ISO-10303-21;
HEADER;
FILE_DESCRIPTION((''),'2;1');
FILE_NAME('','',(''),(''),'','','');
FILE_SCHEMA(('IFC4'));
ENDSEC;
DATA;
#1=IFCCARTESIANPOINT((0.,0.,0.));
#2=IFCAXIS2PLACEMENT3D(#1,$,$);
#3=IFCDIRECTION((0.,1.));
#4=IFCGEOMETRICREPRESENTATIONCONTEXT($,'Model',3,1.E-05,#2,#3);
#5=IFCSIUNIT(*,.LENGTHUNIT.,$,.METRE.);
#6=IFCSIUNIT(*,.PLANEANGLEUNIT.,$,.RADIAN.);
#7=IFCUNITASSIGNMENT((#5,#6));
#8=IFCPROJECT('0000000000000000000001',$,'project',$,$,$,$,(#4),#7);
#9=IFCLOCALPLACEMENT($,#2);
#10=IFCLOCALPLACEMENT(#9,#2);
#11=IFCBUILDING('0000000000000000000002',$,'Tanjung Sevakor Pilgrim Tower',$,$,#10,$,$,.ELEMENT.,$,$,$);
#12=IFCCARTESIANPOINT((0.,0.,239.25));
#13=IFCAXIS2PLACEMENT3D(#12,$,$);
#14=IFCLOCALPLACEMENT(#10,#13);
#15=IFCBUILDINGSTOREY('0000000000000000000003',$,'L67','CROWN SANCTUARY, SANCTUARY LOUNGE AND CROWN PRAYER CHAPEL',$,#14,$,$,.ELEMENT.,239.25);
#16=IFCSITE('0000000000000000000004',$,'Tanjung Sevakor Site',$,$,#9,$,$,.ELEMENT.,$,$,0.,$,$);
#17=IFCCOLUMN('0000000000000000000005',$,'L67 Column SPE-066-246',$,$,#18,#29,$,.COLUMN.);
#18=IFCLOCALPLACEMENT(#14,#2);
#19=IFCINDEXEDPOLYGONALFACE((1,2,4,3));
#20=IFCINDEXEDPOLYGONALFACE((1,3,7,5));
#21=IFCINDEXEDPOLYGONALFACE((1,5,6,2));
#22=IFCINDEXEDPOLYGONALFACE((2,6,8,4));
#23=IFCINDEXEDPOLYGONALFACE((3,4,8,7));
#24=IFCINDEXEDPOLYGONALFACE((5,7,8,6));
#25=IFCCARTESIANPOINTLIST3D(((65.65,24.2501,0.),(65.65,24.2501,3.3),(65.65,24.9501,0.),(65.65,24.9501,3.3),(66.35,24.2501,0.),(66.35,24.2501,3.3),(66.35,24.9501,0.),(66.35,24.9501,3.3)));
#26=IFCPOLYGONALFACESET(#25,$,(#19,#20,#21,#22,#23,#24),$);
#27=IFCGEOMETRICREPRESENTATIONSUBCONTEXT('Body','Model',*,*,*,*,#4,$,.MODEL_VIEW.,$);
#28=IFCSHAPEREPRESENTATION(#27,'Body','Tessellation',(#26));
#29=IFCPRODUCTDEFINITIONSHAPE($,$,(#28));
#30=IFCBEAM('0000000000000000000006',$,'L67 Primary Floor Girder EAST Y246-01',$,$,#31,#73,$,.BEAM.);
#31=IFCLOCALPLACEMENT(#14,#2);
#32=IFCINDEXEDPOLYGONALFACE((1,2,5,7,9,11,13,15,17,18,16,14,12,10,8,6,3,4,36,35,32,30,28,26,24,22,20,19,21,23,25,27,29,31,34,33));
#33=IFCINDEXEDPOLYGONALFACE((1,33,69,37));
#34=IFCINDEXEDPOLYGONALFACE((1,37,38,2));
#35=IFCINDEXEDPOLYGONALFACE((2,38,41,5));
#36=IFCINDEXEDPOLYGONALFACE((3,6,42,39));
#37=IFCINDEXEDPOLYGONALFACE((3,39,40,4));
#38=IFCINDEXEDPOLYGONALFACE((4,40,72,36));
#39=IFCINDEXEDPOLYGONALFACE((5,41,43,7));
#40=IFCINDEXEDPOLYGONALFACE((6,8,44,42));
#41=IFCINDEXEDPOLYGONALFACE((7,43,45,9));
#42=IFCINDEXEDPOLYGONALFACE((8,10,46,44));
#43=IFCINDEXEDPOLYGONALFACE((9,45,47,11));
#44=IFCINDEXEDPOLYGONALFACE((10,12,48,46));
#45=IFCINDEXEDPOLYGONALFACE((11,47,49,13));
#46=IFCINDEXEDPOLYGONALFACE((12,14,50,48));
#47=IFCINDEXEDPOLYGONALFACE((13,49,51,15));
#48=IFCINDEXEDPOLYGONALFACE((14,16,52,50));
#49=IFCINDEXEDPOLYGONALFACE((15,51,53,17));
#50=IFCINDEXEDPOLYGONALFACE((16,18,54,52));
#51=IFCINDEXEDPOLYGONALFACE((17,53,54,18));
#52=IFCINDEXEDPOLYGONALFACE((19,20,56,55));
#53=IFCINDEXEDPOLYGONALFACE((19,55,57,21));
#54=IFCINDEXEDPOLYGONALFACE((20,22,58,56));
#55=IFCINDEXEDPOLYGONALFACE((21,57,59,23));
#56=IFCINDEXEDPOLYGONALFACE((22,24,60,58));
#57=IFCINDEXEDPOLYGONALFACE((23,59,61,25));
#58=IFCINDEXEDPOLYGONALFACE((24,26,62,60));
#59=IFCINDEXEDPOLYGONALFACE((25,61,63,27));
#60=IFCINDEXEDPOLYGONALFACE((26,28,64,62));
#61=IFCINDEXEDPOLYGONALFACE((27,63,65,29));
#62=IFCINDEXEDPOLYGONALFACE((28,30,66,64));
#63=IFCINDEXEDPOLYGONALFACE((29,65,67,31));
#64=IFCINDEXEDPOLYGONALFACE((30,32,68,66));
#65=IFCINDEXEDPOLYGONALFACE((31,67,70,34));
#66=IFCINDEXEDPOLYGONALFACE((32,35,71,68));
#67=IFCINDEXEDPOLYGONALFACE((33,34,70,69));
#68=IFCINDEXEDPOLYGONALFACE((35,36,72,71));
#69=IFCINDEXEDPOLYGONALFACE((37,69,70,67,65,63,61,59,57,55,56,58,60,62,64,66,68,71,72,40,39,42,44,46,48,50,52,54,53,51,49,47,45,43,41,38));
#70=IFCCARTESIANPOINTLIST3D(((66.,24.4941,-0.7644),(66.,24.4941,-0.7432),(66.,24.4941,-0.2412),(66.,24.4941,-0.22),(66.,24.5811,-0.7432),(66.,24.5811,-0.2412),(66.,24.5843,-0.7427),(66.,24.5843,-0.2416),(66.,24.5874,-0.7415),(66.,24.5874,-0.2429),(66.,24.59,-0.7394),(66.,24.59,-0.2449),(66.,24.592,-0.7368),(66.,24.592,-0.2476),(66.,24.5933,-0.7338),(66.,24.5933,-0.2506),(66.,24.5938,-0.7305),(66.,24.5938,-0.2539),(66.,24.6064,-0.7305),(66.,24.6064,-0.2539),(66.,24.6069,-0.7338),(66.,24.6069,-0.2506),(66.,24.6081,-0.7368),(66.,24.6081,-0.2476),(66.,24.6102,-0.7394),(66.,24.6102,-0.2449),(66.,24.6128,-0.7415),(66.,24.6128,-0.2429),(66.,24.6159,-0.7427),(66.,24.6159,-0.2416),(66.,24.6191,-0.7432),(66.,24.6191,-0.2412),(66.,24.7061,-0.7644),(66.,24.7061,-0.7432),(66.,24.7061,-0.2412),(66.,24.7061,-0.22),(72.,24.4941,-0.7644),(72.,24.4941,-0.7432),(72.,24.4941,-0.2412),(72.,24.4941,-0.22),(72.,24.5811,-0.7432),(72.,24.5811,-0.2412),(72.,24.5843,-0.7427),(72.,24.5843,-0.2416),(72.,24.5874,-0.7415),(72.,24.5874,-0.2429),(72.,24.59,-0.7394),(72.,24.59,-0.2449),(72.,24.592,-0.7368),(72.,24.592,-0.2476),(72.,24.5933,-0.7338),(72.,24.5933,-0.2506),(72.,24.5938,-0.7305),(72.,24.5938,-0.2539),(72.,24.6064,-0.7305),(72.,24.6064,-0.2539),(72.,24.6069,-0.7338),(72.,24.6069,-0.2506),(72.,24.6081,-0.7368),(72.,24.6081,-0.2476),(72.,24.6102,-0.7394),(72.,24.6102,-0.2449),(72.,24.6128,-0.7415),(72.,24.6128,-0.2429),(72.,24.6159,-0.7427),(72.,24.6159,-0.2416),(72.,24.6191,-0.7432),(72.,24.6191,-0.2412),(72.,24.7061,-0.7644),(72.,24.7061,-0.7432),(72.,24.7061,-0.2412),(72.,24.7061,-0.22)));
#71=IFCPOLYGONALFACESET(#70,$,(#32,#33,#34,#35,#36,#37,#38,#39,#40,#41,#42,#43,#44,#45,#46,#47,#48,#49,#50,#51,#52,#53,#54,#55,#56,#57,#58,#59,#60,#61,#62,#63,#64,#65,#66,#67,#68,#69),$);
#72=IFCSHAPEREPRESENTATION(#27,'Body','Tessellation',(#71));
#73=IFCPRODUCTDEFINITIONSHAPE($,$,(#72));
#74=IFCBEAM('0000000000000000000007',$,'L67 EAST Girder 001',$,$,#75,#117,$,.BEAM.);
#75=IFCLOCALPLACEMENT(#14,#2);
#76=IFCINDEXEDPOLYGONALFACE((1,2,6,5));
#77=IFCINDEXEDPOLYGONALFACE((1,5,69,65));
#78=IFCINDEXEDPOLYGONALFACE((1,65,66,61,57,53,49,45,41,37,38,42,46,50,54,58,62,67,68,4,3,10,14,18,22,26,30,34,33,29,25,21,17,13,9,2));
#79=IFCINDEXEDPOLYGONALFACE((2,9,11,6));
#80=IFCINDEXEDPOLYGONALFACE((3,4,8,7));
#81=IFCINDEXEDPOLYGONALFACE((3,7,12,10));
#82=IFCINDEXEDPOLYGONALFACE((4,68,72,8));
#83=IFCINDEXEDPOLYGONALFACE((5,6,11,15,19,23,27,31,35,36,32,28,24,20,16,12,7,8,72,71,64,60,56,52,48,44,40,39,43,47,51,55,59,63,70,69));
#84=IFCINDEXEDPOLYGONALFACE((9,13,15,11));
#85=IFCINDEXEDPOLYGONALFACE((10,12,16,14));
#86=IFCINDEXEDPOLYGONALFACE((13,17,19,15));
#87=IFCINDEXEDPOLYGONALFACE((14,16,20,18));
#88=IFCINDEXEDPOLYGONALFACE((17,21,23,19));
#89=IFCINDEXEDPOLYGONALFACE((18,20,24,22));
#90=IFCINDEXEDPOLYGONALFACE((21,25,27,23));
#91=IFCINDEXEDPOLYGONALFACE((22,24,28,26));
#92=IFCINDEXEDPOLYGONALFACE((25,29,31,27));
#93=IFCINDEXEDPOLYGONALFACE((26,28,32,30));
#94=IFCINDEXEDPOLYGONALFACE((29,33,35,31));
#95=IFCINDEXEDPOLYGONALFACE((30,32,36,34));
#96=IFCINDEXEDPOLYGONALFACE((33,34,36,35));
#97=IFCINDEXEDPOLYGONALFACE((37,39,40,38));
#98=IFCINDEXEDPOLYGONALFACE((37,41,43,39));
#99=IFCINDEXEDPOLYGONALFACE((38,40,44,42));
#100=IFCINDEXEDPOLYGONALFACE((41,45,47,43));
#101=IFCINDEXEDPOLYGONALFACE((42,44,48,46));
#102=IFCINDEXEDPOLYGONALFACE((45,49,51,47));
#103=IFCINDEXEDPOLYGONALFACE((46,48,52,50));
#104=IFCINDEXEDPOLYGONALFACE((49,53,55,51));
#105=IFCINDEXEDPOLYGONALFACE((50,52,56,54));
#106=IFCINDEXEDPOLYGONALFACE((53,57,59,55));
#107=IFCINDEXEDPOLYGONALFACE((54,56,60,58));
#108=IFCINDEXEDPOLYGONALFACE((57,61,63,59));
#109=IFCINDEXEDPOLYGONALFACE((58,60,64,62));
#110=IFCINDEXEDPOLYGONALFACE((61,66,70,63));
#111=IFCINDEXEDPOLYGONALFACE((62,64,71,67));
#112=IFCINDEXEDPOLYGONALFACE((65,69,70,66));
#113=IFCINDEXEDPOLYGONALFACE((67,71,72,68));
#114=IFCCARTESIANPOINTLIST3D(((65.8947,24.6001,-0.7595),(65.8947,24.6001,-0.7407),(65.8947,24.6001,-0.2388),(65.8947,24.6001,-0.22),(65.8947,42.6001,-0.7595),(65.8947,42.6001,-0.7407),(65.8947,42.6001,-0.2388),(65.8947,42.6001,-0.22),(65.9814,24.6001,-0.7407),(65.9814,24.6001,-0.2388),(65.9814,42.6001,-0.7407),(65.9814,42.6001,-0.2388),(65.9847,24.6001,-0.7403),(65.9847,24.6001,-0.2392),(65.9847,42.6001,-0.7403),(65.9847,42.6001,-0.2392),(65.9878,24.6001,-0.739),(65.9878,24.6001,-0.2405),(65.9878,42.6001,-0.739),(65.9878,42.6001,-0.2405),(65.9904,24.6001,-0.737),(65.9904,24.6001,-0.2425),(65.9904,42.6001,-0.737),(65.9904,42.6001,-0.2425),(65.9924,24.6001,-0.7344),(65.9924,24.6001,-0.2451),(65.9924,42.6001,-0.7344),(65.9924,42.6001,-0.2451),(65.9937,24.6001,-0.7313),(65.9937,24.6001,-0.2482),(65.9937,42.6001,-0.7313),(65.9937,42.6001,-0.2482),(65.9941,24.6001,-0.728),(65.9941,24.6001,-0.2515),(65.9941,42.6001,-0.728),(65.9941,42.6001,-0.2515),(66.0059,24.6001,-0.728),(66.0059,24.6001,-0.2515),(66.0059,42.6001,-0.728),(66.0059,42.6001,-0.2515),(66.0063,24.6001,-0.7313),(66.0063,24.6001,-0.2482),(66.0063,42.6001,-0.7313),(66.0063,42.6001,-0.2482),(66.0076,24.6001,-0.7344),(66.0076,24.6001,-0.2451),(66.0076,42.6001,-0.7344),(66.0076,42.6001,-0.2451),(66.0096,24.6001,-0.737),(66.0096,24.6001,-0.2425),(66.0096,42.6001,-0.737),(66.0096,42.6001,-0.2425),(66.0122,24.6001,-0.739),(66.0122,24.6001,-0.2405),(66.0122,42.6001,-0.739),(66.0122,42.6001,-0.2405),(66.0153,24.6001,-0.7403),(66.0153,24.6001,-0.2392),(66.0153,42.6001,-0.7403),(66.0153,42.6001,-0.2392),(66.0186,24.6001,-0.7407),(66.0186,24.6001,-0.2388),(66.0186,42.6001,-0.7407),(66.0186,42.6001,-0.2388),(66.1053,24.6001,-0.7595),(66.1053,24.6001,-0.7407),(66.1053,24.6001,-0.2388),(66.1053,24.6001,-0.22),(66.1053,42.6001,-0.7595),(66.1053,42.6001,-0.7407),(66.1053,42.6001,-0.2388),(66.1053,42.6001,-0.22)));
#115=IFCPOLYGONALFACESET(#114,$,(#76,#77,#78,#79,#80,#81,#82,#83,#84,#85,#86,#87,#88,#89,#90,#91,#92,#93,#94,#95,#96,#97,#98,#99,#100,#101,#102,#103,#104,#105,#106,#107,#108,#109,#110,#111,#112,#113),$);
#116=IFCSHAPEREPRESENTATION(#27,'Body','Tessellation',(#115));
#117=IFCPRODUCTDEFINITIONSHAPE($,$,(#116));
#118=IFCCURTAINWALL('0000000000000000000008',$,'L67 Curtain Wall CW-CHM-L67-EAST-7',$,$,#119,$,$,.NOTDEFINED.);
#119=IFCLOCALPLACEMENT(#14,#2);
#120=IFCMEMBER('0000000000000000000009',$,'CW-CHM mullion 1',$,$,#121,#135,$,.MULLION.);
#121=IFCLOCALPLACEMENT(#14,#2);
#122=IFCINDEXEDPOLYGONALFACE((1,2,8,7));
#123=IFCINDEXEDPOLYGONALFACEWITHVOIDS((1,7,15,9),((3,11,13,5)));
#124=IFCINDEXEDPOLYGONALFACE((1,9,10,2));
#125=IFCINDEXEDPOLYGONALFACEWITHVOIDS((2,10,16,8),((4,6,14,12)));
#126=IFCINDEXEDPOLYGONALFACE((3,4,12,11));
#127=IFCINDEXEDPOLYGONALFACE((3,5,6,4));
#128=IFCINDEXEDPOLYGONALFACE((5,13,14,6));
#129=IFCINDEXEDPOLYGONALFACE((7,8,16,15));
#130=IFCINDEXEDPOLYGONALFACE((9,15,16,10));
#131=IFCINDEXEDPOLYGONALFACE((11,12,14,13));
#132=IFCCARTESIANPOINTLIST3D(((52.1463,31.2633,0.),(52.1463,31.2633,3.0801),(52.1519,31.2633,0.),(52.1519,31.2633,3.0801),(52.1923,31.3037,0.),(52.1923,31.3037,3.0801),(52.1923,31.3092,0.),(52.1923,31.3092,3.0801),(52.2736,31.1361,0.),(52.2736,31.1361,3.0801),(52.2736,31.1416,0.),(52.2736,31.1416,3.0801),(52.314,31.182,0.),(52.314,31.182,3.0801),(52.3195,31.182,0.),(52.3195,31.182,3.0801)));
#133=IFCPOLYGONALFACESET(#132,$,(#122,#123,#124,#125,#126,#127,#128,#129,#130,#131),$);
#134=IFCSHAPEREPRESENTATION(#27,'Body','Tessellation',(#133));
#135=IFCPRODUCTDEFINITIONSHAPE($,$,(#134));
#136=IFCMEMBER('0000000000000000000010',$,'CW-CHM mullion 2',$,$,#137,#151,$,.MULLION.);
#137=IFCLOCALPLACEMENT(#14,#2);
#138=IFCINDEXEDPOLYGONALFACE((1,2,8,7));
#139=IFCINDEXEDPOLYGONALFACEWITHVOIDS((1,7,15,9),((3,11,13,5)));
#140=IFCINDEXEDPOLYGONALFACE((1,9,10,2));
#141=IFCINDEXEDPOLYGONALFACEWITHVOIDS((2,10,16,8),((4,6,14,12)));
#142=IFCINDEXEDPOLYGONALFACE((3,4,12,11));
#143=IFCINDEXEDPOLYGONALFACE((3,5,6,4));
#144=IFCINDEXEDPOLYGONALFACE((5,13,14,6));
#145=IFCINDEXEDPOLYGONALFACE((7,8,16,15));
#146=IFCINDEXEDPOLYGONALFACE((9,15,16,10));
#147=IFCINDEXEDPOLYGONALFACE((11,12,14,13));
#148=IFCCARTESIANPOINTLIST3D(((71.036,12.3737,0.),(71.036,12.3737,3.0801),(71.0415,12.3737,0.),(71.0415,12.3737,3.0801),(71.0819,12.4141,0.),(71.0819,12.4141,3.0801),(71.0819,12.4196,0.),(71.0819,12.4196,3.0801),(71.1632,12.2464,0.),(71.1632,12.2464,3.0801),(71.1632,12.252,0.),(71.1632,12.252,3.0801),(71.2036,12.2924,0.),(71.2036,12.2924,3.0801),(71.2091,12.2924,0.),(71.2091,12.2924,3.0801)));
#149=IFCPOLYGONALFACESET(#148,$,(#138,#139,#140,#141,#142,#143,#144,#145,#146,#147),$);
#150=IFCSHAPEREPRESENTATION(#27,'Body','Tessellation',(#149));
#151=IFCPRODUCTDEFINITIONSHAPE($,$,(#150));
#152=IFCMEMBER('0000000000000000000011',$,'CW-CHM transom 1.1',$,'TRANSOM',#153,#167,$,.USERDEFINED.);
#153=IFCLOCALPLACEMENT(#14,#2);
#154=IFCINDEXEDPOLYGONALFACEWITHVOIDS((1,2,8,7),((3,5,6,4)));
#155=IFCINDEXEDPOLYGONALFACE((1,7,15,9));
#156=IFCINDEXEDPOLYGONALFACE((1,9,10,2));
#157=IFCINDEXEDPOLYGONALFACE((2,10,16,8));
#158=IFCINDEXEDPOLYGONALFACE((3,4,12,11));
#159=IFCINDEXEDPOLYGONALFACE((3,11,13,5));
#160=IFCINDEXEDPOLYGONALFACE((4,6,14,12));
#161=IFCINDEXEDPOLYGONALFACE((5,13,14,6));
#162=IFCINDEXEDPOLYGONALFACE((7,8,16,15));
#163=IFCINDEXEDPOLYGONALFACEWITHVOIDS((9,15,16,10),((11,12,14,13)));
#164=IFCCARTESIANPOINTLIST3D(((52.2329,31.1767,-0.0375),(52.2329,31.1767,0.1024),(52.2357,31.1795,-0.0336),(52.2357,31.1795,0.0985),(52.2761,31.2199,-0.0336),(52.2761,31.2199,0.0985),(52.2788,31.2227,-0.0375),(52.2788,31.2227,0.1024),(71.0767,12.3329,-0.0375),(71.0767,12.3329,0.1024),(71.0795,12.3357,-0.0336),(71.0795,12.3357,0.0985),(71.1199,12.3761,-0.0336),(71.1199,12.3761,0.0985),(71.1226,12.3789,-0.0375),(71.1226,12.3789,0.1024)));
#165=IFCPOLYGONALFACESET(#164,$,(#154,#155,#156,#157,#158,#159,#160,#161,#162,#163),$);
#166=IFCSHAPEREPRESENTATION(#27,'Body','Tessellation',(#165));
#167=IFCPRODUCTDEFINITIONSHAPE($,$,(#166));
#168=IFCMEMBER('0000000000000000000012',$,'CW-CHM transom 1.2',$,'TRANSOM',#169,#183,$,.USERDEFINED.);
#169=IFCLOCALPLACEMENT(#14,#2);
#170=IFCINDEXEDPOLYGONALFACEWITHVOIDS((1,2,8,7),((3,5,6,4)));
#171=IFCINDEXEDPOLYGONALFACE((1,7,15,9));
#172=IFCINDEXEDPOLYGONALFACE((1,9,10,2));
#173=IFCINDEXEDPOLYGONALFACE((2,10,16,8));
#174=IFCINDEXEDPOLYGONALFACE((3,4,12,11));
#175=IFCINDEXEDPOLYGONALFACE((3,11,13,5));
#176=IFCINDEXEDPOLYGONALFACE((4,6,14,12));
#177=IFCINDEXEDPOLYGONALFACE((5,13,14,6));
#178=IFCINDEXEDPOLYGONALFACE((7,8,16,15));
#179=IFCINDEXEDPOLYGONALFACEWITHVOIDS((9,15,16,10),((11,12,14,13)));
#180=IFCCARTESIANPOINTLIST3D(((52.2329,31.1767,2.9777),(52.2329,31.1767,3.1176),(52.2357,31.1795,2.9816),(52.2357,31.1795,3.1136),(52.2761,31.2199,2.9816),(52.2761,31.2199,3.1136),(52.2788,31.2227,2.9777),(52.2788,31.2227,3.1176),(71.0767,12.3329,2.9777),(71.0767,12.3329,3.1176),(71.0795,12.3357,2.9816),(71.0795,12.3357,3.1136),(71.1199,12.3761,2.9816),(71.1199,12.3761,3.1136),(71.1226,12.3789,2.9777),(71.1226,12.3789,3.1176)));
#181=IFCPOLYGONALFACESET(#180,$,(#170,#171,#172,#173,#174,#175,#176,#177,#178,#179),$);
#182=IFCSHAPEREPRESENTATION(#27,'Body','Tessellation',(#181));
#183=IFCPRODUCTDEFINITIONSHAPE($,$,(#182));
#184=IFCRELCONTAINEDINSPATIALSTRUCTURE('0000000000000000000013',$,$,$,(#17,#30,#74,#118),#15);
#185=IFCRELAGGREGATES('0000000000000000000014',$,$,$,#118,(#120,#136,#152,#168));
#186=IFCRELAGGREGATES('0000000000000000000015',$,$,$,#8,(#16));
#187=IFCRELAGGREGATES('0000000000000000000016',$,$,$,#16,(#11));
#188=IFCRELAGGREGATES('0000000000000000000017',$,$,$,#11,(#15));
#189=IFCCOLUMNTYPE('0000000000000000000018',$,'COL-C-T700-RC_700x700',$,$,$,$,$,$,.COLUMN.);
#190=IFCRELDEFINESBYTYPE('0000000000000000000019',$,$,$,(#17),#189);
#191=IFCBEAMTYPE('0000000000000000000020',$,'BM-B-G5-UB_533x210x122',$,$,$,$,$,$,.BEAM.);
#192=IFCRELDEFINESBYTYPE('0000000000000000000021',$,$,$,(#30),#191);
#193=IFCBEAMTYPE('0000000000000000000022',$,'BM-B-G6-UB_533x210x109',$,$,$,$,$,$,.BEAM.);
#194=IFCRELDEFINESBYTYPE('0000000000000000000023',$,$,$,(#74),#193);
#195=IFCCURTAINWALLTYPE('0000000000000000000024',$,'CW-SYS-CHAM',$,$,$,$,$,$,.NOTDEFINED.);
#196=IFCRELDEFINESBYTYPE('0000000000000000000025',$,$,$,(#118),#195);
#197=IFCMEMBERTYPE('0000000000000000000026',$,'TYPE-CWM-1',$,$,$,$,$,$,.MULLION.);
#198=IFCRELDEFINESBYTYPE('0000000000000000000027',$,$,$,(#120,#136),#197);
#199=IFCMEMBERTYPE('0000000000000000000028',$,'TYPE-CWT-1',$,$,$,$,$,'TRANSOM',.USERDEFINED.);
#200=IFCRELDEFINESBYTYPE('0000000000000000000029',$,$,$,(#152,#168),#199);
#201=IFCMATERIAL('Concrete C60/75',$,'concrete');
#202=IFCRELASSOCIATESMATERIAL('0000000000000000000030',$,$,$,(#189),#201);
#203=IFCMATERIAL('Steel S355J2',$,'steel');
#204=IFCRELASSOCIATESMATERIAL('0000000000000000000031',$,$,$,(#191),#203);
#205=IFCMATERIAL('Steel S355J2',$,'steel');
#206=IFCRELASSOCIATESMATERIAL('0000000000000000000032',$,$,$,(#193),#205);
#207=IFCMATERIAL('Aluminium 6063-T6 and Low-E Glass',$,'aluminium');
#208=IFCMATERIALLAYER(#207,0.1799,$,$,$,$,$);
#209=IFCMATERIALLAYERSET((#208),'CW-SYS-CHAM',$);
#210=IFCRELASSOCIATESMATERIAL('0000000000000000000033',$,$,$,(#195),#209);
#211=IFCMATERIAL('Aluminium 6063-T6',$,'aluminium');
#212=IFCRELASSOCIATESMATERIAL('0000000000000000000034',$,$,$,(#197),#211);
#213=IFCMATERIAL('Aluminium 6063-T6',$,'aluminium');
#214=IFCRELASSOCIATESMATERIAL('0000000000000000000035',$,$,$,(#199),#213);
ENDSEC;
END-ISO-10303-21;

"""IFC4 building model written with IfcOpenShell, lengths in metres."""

from ifc_helpers import new_model, si_unit, direction, frame, origin, origin_2d, place, context, subcontext, project, spatial, rectangle, hollow_rectangle, i_section, extrude, material, layer, layer_set, material_profile, profile_set, type_object, element, aggregate, save


model = new_model("IFC4")

# Units and contexts
model_context = context("Model", 3, precision=1e-05, world=origin(), true_north=direction((0.0, 1.0)))
body_context = subcontext(model_context, "Body", "Model", "MODEL_VIEW")
ifc_project = project(units=[si_unit("LENGTHUNIT", "METRE"), si_unit("PLANEANGLEUNIT", "RADIAN")], contexts=[model_context])

# Site, building, storey
site_placement = place(None, origin())
site = spatial("IfcSite", under=ifc_project, at=site_placement, Name="Tanjung Sevakor Site", CompositionType="ELEMENT", RefElevation=0.0)
building_placement = place(site_placement, origin())
building = spatial("IfcBuilding", under=site, at=building_placement, Name="Tanjung Sevakor Pilgrim Tower", CompositionType="ELEMENT")
storey_placement = place(building_placement, frame((0.0, 0.0, 239.25)))
storey = spatial("IfcBuildingStorey", under=building, at=storey_placement, Name="L67", Description="CROWN SANCTUARY, SANCTUARY LOUNGE AND CROWN PRAYER CHAPEL", CompositionType="ELEMENT", Elevation=239.25)

# Column
ifc_material_1 = material(Name="Concrete C60/75", Category="concrete")
ifc_material_profile_1 = material_profile(ifc_material_1, rectangle(XDim=0.7, YDim=0.7, at=origin_2d()))
ifc_profile_set_1 = profile_set([ifc_material_profile_1], Name="Concrete C60/75")
column_type = type_object("IfcColumnType", Name="COL-C-T700-RC_700x700", PredefinedType="COLUMN", material=ifc_profile_set_1)
column_placement = place(storey_placement, frame((66.0, 24.6001, 0.0), z_axis=(0.0, 0.0, 1.0), x_axis=(1.0, 0.0, 0.0)))
element("IfcColumn", 1, at=column_placement, inside=storey, type_object=column_type, Name="L67 Column SPE-066-246", PredefinedType="COLUMN", context=body_context, shape_type="SweptSolid", body=[
    extrude(rectangle(XDim=0.7, YDim=0.7, at=origin_2d()), origin(), (0.0, 0.0, 1.0), 3.3),
])

# Beams
ifc_material_2 = material(Name="Steel S355J2", Category="steel")
ifc_material_profile_2 = material_profile(ifc_material_2, i_section(OverallWidth=0.2119, OverallDepth=0.5444, WebThickness=0.0127, FlangeThickness=0.0212, FilletRadius=0.0127, at=origin_2d()))
ifc_profile_set_2 = profile_set([ifc_material_profile_2], Name="Steel S355J2")
beam_type_1 = type_object("IfcBeamType", Name="BM-B-G5-UB_533x210x122", PredefinedType="BEAM", material=ifc_profile_set_2)
beam_1_placement = place(storey_placement, frame((66.0, 24.6001, -0.4922), z_axis=(1.0, 0.0, 0.0), x_axis=(0.0, 1.0, 0.0)))
element("IfcBeam", 2, at=beam_1_placement, inside=storey, type_object=beam_type_1, Name="L67 Primary Floor Girder EAST Y246-01", PredefinedType="BEAM", context=body_context, shape_type="SweptSolid", body=[
    extrude(i_section(OverallWidth=0.2119, OverallDepth=0.5444, WebThickness=0.0127, FlangeThickness=0.0212, FilletRadius=0.0127, at=origin_2d()), origin(), (0.0, 0.0, 1.0), 6.0),
])
ifc_material_3 = material(Name="Steel S355J2", Category="steel")
ifc_material_profile_3 = material_profile(ifc_material_3, i_section(OverallWidth=0.2107, OverallDepth=0.5396, WebThickness=0.0117, FlangeThickness=0.0188, FilletRadius=0.0127, at=origin_2d()))
ifc_profile_set_3 = profile_set([ifc_material_profile_3], Name="Steel S355J2")
beam_type_2 = type_object("IfcBeamType", Name="BM-B-G6-UB_533x210x109", PredefinedType="BEAM", material=ifc_profile_set_3)
beam_2_placement = place(storey_placement, frame((66.0, 24.6001, -0.4897), z_axis=(0.0, 1.0, 0.0), x_axis=(-1.0, 0.0, 0.0)))
element("IfcBeam", 3, at=beam_2_placement, inside=storey, type_object=beam_type_2, Name="L67 EAST Girder 001", PredefinedType="BEAM", context=body_context, shape_type="SweptSolid", body=[
    extrude(i_section(OverallWidth=0.2107, OverallDepth=0.5396, WebThickness=0.0117, FlangeThickness=0.0188, FilletRadius=0.0127, at=origin_2d()), origin(), (0.0, 0.0, 1.0), 18.0),
])

# Curtain wall, members
ifc_material_4 = material(Name="Aluminium 6063-T6 and Low-E Glass", Category="aluminium")
ifc_layer_1 = layer(ifc_material_4, 0.1799)
ifc_layer_set_1 = layer_set([ifc_layer_1], Name="CW-SYS-CHAM")
curtain_wall_type = type_object("IfcCurtainWallType", Name="CW-SYS-CHAM", PredefinedType="NOTDEFINED", material=ifc_layer_set_1)
curtain_wall_placement = place(storey_placement, origin())
curtain_wall = element("IfcCurtainWall", 4, at=curtain_wall_placement, inside=storey, type_object=curtain_wall_type, Name="L67 Curtain Wall CW-CHM-L67-EAST-7", PredefinedType="NOTDEFINED")
ifc_material_5 = material(Name="Aluminium 6063-T6", Category="aluminium")
ifc_material_profile_4 = material_profile(ifc_material_5, hollow_rectangle(XDim=0.0649, YDim=0.1799, WallThickness=0.0039, at=origin_2d()))
ifc_profile_set_4 = profile_set([ifc_material_profile_4], Name="Aluminium 6063-T6")
member_type_1 = type_object("IfcMemberType", Name="TYPE-CWM-1", PredefinedType="MULLION", material=ifc_profile_set_4)
member_1_placement = place(storey_placement, frame((52.2329, 31.2227, 0.0), z_axis=(0.0, 0.0, 1.0), x_axis=(0.707107, 0.707107, 0.0)))
member_1 = element("IfcMember", 5, at=member_1_placement, type_object=member_type_1, Name="CW-CHM mullion 1", PredefinedType="MULLION", context=body_context, shape_type="SweptSolid", body=[
    extrude(hollow_rectangle(XDim=0.0649, YDim=0.1799, WallThickness=0.0039, at=origin_2d()), origin(), (0.0, 0.0, 1.0), 3.0801),
])
member_2_placement = place(storey_placement, frame((71.1226, 12.333, 0.0), z_axis=(0.0, 0.0, 1.0), x_axis=(0.707107, 0.707107, 0.0)))
member_2 = element("IfcMember", 6, at=member_2_placement, type_object=member_type_1, Name="CW-CHM mullion 2", PredefinedType="MULLION", context=body_context, shape_type="SweptSolid", body=[
    extrude(hollow_rectangle(XDim=0.0649, YDim=0.1799, WallThickness=0.0039, at=origin_2d()), origin(), (0.0, 0.0, 1.0), 3.0801),
])
ifc_material_6 = material(Name="Aluminium 6063-T6", Category="aluminium")
ifc_material_profile_5 = material_profile(ifc_material_6, hollow_rectangle(XDim=0.0649, YDim=0.1399, WallThickness=0.0039, at=origin_2d()))
ifc_profile_set_5 = profile_set([ifc_material_profile_5], Name="Aluminium 6063-T6")
member_type_2 = type_object("IfcMemberType", Name="TYPE-CWT-1", ElementType="TRANSOM", PredefinedType="USERDEFINED", material=ifc_profile_set_5)
member_3_placement = place(storey_placement, frame((52.2559, 31.1997, 0.0325), z_axis=(0.707107, -0.707107, 0.0), x_axis=(0.707107, 0.707107, 0.0)))
member_3 = element("IfcMember", 7, at=member_3_placement, type_object=member_type_2, Name="CW-CHM transom 1.1", ObjectType="TRANSOM", PredefinedType="USERDEFINED", context=body_context, shape_type="SweptSolid", body=[
    extrude(hollow_rectangle(XDim=0.0649, YDim=0.1399, WallThickness=0.0039, at=origin_2d()), origin(), (0.0, 0.0, 1.0), 26.6492),
])
member_4_placement = place(storey_placement, frame((52.2559, 31.1997, 3.0476), z_axis=(0.707107, -0.707107, 0.0), x_axis=(0.707107, 0.707107, 0.0)))
member_4 = element("IfcMember", 8, at=member_4_placement, type_object=member_type_2, Name="CW-CHM transom 1.2", ObjectType="TRANSOM", PredefinedType="USERDEFINED", context=body_context, shape_type="SweptSolid", body=[
    extrude(hollow_rectangle(XDim=0.0649, YDim=0.1399, WallThickness=0.0039, at=origin_2d()), origin(), (0.0, 0.0, 1.0), 26.6492),
])
aggregate(curtain_wall, [member_1, member_2, member_3, member_4])

save(model, "model.ifc")
